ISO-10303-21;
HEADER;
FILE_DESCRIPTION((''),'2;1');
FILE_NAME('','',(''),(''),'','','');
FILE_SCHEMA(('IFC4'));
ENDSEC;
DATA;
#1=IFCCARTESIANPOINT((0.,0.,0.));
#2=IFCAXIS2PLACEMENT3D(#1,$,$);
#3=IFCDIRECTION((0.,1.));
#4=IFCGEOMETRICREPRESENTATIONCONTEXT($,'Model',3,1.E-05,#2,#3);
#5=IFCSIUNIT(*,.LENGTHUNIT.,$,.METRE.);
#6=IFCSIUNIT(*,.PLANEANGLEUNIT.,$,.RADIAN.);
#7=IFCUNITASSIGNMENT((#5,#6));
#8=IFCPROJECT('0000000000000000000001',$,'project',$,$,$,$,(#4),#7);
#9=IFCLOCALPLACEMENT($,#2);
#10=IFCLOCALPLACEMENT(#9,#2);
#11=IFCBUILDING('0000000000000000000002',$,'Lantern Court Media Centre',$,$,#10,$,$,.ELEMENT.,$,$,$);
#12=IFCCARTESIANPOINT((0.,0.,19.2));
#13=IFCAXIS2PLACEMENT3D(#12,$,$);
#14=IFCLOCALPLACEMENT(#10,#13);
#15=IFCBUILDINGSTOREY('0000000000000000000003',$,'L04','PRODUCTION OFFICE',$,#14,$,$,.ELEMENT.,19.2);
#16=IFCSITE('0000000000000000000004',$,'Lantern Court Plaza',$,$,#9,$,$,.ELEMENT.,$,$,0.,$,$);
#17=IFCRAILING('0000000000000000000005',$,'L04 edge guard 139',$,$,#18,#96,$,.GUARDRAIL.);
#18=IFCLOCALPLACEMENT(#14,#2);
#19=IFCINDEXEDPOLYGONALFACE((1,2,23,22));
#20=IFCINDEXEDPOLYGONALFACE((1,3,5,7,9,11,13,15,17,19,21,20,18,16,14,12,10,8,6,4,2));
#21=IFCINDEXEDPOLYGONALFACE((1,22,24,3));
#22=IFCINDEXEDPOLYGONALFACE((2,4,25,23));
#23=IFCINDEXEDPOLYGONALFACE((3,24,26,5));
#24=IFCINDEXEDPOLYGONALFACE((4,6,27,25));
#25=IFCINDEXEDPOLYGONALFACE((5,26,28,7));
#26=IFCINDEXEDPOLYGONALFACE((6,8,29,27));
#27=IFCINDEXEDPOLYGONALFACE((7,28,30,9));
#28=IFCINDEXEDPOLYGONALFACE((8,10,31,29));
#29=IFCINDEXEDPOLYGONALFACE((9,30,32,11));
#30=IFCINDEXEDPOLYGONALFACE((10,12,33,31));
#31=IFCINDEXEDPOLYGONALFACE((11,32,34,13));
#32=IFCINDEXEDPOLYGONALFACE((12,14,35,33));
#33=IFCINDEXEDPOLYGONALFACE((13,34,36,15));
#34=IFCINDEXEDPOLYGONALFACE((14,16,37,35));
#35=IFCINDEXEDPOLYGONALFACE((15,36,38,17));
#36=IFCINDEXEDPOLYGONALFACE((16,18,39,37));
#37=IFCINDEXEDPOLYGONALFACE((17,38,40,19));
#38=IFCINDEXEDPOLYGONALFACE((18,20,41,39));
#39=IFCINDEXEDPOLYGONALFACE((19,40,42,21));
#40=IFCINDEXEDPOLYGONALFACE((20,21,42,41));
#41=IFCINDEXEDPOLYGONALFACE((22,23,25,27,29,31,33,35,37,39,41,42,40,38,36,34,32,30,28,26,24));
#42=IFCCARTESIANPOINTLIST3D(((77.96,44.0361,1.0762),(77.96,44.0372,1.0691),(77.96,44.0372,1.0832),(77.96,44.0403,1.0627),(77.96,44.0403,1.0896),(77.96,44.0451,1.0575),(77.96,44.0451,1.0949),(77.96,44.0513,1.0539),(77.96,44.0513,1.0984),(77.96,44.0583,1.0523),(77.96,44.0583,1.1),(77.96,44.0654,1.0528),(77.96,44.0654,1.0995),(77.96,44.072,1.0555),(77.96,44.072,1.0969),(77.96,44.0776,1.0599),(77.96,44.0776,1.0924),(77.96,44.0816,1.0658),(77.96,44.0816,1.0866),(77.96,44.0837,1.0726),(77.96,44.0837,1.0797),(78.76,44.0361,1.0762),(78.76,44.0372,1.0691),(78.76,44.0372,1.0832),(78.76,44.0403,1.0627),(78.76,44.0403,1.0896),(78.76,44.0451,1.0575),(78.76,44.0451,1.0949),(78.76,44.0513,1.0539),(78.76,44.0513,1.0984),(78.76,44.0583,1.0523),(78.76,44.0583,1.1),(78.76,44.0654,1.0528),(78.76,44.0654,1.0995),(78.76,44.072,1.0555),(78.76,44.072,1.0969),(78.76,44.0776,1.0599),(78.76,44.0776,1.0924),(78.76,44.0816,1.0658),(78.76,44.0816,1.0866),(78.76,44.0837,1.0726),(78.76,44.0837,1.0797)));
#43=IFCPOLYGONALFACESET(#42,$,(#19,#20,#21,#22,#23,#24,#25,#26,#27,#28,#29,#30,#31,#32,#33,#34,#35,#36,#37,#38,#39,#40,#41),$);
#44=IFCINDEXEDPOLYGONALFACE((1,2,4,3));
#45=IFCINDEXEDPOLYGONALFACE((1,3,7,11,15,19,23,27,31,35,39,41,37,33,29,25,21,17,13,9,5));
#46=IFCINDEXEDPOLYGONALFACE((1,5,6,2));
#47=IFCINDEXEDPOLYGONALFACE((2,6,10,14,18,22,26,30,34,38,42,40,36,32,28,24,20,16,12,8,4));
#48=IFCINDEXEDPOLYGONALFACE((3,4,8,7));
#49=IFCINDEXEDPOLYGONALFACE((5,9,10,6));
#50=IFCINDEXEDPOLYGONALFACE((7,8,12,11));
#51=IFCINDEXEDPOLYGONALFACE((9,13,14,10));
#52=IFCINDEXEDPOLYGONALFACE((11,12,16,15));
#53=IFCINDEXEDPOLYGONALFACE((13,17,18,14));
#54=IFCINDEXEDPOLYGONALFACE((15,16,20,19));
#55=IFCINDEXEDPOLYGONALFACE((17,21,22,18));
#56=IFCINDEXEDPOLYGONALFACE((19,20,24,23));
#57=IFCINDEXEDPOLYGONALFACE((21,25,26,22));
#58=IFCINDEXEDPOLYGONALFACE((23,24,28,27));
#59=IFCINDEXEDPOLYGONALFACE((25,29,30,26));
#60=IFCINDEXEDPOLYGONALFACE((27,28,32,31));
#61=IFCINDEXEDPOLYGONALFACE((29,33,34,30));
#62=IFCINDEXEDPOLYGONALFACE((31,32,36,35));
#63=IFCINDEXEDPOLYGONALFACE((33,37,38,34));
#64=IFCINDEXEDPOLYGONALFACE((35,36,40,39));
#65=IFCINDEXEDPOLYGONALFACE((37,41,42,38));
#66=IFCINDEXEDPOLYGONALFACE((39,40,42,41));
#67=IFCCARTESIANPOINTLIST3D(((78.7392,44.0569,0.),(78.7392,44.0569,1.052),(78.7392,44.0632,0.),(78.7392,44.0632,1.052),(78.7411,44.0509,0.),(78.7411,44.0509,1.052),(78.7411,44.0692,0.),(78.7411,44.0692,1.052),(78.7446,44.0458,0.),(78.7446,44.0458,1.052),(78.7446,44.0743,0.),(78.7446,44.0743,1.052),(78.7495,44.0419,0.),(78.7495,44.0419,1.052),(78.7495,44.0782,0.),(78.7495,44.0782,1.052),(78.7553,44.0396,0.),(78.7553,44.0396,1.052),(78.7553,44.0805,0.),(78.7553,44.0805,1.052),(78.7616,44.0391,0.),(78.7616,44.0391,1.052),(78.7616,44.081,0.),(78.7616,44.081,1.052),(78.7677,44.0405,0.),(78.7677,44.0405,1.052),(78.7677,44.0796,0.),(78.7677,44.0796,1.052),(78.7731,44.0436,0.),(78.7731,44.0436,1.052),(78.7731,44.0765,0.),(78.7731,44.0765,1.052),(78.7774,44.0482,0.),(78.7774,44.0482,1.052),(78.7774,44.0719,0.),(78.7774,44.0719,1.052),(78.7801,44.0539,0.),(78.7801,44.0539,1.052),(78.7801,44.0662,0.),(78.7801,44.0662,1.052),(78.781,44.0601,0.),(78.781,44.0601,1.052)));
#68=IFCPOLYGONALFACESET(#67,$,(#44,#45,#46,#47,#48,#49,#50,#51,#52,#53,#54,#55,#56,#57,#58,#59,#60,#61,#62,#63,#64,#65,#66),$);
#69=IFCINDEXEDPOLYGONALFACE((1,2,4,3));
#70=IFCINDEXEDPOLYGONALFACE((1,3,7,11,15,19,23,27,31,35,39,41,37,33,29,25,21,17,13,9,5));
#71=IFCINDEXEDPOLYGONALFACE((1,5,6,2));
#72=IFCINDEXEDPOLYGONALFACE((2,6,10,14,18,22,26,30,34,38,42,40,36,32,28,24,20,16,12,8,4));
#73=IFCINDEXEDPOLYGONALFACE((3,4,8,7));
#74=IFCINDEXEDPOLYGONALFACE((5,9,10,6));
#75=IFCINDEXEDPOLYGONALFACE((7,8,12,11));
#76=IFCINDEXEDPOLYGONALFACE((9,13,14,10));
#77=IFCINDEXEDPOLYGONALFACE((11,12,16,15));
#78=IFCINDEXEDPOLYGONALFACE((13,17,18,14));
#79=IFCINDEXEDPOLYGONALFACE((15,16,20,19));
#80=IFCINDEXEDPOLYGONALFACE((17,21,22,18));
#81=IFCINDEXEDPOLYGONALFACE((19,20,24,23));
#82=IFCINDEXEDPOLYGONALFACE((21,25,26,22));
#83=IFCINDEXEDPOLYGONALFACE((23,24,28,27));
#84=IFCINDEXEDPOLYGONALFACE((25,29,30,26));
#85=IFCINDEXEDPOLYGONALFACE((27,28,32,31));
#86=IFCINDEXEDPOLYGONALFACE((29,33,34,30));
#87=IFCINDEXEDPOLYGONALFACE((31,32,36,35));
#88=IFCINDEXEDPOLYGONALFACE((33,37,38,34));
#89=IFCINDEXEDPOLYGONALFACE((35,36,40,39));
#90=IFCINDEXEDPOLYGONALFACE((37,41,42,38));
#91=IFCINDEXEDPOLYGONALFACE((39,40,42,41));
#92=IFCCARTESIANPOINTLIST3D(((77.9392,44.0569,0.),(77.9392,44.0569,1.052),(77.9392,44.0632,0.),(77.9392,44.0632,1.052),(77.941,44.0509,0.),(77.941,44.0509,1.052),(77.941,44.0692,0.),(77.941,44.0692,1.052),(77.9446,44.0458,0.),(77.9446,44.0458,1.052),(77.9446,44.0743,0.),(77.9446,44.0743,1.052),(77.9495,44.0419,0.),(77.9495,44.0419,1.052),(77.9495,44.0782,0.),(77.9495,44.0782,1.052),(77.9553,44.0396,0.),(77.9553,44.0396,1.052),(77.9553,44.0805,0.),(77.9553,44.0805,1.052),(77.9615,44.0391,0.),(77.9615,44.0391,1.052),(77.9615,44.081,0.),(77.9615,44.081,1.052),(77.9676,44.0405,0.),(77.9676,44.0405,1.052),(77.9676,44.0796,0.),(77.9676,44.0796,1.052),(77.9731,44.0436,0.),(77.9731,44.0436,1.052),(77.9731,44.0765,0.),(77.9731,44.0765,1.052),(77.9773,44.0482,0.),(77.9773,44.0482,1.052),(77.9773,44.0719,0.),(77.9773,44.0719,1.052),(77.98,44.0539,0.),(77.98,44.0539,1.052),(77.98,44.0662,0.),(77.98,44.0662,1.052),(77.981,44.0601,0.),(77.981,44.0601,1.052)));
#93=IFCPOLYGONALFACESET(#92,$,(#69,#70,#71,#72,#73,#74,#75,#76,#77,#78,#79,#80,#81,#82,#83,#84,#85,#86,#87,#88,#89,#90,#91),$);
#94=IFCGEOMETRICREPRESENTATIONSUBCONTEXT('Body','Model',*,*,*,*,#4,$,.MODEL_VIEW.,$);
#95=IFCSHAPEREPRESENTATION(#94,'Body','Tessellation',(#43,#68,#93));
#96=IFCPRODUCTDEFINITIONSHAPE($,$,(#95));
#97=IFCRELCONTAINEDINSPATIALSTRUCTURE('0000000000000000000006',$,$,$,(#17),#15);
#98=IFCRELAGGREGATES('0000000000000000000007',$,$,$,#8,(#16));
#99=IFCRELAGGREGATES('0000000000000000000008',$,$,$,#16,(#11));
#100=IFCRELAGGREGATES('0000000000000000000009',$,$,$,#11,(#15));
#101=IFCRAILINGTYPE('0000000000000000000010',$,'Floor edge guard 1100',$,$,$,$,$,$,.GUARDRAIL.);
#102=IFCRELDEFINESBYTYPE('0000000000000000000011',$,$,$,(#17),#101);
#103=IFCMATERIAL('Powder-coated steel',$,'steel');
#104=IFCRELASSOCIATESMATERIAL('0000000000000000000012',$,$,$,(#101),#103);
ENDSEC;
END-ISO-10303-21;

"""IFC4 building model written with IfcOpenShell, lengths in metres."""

from ifc_helpers import new_model, si_unit, direction, frame, origin, origin_2d, place, context, subcontext, project, spatial, circle, extrude, material, type_object, element, save


model = new_model("IFC4")

# Units and contexts
model_context = context("Model", 3, precision=1e-05, world=origin(), true_north=direction((0.0, 1.0)))
body_context = subcontext(model_context, "Body", "Model", "MODEL_VIEW")
ifc_project = project(units=[si_unit("LENGTHUNIT", "METRE"), si_unit("PLANEANGLEUNIT", "RADIAN")], contexts=[model_context])

# Site, building, storey
site_placement = place(None, origin())
site = spatial("IfcSite", under=ifc_project, at=site_placement, Name="Lantern Court Plaza", CompositionType="ELEMENT", RefElevation=0.0)
building_placement = place(site_placement, origin())
building = spatial("IfcBuilding", under=site, at=building_placement, Name="Lantern Court Media Centre", CompositionType="ELEMENT")
storey_placement = place(building_placement, frame((0.0, 0.0, 19.2)))
storey = spatial("IfcBuildingStorey", under=building, at=storey_placement, Name="L04", Description="PRODUCTION OFFICE", CompositionType="ELEMENT", Elevation=19.2)

# Railing
ifc_material_1 = material(Name="Powder-coated steel", Category="steel")
railing_type = type_object("IfcRailingType", Name="Floor edge guard 1100", PredefinedType="GUARDRAIL", material=ifc_material_1)
railing_placement = place(storey_placement, frame((78.76, 44.0601, 0.0)))
element("IfcRailing", 1, at=railing_placement, inside=storey, type_object=railing_type, Name="L04 edge guard 139", PredefinedType="GUARDRAIL", context=body_context, shape_type="SweptSolid", body=[
    extrude(circle(Radius=0.0239, at=origin_2d()), frame((0.0, 0.0, 1.0762), z_axis=(-1.0, 0.0, 0.0), x_axis=(0.0, -1.0, 0.0)), (0.0, 0.0, 1.0), 0.8),
    extrude(circle(Radius=0.021, at=origin_2d()), origin(), (0.0, 0.0, 1.0), 1.052),
    extrude(circle(Radius=0.021, at=origin_2d()), frame((-0.8, 0.0, 0.0)), (0.0, 0.0, 1.0), 1.052),
])

save(model, "model.ifc")
